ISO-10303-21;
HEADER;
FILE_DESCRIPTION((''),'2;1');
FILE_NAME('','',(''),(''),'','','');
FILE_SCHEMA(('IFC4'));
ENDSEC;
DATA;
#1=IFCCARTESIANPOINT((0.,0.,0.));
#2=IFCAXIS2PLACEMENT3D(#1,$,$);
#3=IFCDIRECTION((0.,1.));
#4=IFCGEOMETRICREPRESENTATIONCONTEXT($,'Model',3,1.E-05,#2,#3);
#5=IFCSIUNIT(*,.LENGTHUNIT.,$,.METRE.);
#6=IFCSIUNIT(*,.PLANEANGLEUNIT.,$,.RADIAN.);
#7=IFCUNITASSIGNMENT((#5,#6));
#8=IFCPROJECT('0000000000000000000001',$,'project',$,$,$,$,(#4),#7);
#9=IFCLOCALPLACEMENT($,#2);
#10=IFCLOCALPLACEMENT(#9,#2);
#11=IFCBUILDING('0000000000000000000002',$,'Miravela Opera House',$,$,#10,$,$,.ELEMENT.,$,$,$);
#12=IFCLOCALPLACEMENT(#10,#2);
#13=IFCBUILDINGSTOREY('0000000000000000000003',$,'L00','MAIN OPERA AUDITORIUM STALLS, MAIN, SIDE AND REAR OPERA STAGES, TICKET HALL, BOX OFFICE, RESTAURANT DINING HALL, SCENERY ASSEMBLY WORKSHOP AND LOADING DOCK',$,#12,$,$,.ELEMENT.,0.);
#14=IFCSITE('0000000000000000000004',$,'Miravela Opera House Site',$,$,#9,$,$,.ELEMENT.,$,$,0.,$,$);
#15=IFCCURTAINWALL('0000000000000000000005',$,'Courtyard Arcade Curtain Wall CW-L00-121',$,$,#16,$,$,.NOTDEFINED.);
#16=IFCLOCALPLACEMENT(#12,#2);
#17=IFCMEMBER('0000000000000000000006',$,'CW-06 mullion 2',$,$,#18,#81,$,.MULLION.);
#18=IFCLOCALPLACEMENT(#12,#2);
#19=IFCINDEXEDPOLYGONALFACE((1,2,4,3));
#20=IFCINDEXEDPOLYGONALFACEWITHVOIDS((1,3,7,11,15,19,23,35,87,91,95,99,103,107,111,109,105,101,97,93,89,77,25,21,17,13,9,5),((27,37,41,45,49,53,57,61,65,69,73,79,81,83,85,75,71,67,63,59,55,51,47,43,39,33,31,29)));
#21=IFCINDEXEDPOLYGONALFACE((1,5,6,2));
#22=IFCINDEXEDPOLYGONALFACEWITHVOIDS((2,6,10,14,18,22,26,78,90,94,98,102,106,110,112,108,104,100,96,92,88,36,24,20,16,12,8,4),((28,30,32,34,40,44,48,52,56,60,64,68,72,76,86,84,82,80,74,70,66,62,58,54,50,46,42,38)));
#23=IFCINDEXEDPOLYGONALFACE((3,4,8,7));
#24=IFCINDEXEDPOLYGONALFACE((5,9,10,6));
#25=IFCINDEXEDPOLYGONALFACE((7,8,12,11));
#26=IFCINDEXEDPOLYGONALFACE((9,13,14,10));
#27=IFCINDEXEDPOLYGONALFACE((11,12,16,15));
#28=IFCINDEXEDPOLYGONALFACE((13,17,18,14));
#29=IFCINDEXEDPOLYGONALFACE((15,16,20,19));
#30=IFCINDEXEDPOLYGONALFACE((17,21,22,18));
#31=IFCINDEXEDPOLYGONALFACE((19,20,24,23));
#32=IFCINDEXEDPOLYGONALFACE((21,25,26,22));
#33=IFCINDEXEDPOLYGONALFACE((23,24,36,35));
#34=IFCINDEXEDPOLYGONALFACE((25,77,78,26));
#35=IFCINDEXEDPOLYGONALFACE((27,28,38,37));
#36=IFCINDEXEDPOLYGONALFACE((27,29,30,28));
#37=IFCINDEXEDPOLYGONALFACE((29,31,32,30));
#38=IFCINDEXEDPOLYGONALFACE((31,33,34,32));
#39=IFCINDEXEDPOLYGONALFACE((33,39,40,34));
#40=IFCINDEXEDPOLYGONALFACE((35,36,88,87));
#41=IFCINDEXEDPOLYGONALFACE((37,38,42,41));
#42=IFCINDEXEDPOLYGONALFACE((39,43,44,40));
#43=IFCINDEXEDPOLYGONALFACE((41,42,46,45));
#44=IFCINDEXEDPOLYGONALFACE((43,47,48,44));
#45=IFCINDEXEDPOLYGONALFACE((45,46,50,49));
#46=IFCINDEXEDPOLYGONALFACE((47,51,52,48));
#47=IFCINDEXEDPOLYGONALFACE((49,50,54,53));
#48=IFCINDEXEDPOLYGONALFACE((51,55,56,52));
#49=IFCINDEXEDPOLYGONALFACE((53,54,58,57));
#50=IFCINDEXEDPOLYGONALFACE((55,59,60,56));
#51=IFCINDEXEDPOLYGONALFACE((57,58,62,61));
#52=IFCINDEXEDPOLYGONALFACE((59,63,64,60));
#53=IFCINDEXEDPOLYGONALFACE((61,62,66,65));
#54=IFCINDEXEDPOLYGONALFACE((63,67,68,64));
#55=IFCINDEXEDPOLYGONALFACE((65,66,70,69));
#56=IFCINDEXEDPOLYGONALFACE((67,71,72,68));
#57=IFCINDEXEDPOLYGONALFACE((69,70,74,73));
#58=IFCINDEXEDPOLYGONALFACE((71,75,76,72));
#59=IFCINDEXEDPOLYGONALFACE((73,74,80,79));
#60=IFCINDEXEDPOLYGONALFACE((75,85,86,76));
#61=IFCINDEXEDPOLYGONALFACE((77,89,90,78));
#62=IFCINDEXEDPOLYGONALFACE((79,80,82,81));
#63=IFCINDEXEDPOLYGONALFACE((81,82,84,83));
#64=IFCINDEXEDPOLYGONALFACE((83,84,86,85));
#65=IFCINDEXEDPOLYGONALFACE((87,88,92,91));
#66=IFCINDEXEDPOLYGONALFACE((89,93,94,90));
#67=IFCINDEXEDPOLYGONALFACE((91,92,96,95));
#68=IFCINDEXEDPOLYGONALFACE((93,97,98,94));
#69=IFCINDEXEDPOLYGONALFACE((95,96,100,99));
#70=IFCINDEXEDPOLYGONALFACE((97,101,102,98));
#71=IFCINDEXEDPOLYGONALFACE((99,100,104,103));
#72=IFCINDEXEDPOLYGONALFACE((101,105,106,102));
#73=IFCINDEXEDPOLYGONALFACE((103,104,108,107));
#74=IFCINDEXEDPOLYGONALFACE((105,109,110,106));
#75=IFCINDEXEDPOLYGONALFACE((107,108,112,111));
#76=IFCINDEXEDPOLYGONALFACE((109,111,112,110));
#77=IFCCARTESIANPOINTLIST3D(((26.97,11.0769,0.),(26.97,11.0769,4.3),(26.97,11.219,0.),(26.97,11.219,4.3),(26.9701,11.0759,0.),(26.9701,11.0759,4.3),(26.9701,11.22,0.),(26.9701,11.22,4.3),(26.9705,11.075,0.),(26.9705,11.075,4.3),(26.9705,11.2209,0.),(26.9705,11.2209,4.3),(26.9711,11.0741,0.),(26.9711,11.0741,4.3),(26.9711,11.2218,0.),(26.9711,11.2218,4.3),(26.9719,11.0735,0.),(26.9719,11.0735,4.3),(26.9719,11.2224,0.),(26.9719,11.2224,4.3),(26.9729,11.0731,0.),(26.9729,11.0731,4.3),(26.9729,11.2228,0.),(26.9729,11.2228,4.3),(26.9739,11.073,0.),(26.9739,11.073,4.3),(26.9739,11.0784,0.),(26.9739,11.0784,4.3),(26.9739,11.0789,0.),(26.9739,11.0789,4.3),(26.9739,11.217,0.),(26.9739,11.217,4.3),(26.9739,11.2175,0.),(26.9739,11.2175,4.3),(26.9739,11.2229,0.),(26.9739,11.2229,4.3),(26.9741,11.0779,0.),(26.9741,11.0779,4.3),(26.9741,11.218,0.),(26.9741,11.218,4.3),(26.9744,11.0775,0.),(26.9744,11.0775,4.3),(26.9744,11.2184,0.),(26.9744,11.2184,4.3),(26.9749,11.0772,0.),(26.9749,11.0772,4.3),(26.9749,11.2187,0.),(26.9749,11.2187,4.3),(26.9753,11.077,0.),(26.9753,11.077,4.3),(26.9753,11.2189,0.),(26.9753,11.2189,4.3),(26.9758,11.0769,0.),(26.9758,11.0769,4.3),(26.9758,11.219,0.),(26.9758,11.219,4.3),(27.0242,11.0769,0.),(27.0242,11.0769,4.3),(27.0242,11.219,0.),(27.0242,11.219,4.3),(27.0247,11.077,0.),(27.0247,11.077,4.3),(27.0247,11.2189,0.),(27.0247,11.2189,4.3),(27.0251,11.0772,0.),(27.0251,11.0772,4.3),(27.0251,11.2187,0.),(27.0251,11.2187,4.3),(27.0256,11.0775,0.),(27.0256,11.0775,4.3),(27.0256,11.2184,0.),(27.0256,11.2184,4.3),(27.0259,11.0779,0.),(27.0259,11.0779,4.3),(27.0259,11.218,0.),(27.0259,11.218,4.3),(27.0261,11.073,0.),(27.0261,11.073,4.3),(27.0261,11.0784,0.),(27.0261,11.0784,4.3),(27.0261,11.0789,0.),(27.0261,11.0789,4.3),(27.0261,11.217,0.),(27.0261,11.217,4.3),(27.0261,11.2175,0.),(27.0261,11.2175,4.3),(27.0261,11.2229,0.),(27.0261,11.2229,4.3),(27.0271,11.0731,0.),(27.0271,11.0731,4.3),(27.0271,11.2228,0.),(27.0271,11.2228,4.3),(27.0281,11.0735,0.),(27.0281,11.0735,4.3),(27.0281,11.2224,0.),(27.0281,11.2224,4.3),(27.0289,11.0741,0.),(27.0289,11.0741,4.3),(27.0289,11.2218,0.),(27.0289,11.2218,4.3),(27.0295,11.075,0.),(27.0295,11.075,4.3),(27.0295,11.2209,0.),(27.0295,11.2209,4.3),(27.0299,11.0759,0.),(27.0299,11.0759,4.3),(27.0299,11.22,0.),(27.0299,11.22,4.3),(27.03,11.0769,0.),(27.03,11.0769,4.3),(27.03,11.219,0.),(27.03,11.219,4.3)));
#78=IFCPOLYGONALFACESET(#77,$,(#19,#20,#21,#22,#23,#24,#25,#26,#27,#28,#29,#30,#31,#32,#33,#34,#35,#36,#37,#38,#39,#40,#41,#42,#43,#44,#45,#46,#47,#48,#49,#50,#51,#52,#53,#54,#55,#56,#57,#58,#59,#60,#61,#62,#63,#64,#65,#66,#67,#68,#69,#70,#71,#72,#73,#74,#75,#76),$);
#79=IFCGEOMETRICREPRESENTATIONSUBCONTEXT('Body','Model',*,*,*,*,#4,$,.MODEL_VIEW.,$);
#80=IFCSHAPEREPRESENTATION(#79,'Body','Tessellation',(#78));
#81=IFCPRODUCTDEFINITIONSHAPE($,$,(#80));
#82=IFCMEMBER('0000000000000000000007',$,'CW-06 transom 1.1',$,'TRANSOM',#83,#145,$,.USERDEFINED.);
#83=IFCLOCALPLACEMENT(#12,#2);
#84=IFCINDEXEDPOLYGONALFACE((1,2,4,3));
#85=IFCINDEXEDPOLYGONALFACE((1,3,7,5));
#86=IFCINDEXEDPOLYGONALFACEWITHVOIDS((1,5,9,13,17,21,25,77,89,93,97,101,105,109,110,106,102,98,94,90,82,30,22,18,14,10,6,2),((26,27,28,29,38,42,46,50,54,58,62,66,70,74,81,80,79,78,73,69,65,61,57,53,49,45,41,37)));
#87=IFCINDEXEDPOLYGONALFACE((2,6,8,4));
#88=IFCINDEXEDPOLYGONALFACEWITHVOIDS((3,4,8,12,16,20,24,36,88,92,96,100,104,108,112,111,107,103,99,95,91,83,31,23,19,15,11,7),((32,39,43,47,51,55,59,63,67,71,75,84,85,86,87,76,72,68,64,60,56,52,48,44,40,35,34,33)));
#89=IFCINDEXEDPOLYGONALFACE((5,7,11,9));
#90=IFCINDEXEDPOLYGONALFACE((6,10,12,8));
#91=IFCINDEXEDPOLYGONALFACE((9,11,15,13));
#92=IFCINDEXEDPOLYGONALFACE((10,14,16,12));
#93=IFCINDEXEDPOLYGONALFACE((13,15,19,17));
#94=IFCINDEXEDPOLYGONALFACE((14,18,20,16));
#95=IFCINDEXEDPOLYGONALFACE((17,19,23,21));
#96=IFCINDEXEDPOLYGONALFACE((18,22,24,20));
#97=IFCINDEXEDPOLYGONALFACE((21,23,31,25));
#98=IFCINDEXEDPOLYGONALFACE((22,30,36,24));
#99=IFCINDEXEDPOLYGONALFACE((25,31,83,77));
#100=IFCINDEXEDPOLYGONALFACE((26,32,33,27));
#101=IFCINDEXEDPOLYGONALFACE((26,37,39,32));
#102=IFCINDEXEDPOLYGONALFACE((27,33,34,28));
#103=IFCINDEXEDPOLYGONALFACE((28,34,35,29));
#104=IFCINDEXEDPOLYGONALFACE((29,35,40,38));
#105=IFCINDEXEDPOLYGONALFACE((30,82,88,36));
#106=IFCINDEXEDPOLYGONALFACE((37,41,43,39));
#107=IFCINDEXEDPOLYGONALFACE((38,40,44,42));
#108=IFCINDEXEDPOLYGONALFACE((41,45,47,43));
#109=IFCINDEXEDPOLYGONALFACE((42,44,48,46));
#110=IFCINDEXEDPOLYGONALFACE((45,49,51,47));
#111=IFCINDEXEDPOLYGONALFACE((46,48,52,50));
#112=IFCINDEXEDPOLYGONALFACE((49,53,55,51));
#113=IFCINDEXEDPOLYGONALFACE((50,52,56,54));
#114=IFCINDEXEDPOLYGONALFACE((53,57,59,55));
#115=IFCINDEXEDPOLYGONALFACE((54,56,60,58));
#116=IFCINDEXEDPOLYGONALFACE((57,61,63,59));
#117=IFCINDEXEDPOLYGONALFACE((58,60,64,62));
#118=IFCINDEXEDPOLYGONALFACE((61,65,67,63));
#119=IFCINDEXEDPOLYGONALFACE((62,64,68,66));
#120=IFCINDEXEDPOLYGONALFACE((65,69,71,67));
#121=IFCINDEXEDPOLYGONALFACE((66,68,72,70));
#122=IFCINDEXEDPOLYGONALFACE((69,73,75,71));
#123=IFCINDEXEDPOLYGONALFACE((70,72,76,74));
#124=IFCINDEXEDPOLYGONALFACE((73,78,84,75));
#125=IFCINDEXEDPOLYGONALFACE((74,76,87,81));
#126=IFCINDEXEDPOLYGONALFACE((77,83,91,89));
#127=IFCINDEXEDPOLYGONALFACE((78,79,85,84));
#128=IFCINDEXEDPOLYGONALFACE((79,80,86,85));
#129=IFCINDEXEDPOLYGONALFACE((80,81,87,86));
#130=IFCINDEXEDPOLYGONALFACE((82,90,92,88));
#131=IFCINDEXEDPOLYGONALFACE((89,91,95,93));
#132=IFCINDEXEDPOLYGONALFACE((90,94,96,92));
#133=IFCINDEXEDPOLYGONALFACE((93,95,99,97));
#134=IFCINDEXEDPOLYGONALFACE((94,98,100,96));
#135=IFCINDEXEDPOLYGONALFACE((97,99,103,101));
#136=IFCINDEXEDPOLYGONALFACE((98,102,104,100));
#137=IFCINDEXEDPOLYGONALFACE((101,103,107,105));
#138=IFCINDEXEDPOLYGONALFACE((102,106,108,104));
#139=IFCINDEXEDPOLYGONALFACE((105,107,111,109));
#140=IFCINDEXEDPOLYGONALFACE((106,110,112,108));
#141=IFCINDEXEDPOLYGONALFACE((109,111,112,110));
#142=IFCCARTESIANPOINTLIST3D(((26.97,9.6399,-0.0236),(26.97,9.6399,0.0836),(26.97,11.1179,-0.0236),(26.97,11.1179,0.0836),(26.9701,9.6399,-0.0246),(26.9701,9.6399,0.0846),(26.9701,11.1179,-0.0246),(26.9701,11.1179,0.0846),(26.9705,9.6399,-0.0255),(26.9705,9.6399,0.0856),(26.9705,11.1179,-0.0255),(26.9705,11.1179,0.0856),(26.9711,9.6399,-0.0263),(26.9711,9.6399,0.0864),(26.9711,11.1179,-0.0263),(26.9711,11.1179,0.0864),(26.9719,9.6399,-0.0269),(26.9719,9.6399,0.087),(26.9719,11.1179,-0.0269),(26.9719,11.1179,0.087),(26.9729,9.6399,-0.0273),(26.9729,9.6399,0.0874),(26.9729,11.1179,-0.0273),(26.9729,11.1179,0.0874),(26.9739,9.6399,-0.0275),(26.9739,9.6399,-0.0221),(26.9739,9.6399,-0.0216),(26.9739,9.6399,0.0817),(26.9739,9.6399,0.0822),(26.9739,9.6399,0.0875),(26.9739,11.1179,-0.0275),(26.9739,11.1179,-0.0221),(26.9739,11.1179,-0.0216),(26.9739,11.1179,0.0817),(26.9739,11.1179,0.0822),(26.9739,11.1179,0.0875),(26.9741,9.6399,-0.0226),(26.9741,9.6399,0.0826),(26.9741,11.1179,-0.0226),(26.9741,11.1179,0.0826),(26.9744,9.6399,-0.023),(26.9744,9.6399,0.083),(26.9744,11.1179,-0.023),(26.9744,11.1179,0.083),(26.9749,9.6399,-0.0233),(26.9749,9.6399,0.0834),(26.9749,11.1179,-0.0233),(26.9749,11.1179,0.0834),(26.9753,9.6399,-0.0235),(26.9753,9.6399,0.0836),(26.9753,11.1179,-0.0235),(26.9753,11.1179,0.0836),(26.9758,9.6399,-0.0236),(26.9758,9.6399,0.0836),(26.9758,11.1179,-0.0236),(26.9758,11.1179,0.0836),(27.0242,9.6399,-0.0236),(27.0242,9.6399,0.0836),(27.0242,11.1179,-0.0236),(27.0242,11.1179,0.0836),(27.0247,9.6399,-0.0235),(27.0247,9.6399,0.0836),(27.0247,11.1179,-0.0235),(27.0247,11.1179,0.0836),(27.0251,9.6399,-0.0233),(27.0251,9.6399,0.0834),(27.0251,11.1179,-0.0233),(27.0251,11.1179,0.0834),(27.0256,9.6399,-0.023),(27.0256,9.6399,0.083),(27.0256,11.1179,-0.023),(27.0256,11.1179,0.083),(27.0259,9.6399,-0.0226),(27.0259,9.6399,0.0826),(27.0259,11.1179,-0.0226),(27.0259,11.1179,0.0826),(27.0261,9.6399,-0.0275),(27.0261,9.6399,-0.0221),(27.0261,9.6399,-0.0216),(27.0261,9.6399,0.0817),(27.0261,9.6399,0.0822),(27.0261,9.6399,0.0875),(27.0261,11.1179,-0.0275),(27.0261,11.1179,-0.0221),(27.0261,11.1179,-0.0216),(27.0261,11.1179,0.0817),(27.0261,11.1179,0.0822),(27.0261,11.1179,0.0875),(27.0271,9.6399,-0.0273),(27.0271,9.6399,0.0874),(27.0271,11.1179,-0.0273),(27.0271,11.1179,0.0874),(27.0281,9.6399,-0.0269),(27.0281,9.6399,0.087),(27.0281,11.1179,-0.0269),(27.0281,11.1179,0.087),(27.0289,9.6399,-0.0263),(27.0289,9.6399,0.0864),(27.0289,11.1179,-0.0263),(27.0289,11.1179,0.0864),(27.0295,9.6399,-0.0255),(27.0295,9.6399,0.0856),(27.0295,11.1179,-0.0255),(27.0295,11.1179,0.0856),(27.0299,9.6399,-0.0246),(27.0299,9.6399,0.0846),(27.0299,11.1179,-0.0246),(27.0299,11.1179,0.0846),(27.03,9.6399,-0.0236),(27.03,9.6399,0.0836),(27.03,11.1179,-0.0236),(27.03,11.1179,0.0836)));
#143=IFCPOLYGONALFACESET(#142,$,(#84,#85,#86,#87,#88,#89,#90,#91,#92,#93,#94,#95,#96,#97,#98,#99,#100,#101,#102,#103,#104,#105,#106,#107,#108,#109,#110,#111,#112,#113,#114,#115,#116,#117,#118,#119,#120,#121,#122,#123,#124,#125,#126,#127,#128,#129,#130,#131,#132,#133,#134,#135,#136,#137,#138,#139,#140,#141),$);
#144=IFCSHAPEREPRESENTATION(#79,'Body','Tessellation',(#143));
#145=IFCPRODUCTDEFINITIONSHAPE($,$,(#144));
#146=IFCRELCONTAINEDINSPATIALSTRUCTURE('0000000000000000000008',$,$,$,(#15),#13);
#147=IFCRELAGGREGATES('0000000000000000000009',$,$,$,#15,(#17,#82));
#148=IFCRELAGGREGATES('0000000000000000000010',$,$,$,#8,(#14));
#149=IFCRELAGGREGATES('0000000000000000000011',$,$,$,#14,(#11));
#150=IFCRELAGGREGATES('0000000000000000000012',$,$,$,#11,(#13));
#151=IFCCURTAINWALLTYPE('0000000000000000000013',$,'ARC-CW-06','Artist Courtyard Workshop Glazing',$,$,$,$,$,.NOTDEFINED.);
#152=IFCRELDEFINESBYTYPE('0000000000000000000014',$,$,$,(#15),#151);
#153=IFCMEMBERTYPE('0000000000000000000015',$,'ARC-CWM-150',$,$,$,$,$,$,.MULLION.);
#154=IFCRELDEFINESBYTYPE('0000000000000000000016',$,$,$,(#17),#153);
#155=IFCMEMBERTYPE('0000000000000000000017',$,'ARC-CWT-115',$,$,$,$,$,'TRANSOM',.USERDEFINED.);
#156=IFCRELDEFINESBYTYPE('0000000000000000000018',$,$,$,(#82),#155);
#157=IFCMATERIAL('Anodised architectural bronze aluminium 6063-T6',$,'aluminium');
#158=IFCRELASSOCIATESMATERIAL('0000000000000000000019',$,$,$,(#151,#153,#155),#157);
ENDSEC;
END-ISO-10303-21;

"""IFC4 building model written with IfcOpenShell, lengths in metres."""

from ifc_helpers import new_model, si_unit, direction, frame, origin, origin_2d, place, context, subcontext, project, spatial, hollow_rectangle, extrude, material, material_profile, profile_set, type_object, element, aggregate, save


model = new_model("IFC4")

# Units and contexts
model_context = context("Model", 3, precision=1e-05, world=origin(), true_north=direction((0.0, 1.0)))
body_context = subcontext(model_context, "Body", "Model", "MODEL_VIEW")
ifc_project = project(units=[si_unit("LENGTHUNIT", "METRE"), si_unit("PLANEANGLEUNIT", "RADIAN")], contexts=[model_context])

# Site, building, storey
site_placement = place(None, origin())
site = spatial("IfcSite", under=ifc_project, at=site_placement, Name="Miravela Opera House Site", CompositionType="ELEMENT", RefElevation=0.0)
building_placement = place(site_placement, origin())
building = spatial("IfcBuilding", under=site, at=building_placement, Name="Miravela Opera House", CompositionType="ELEMENT")
storey_placement = place(building_placement, origin())
storey = spatial("IfcBuildingStorey", under=building, at=storey_placement, Name="L00", Description="MAIN OPERA AUDITORIUM STALLS, MAIN, SIDE AND REAR OPERA STAGES, TICKET HALL, BOX OFFICE, RESTAURANT DINING HALL, SCENERY ASSEMBLY WORKSHOP AND LOADING DOCK", CompositionType="ELEMENT", Elevation=0.0)

# Shared definitions
ifc_material_1 = material(Name="Anodised architectural bronze aluminium 6063-T6", Category="aluminium")
curtain_wall_type = type_object("IfcCurtainWallType", Name="ARC-CW-06", Description="Artist Courtyard Workshop Glazing", PredefinedType="NOTDEFINED", material=ifc_material_1)
ifc_material_profile_1 = material_profile(ifc_material_1, hollow_rectangle(XDim=0.0601, YDim=0.1499, WallThickness=0.0039, InnerFilletRadius=0.002, OuterFilletRadius=0.0039, at=origin_2d()), Name="CWM-60X150")
ifc_profile_set_1 = profile_set([ifc_material_profile_1])
member_type_1 = type_object("IfcMemberType", Name="ARC-CWM-150", PredefinedType="MULLION", material=ifc_profile_set_1)

# Curtain wall, members
curtain_wall_1_placement = place(storey_placement, origin())
curtain_wall_1 = element("IfcCurtainWall", 1, at=curtain_wall_1_placement, inside=storey, type_object=curtain_wall_type, Name="Courtyard Arcade Curtain Wall CW-L00-121", PredefinedType="NOTDEFINED")
member_1_placement = place(storey_placement, frame((27.0, 11.1479, 0.0), z_axis=(0.0, 0.0, 1.0), x_axis=(-1.0, 0.0, 0.0)))
member_1 = element("IfcMember", 2, at=member_1_placement, type_object=member_type_1, Name="CW-06 mullion 2", PredefinedType="MULLION", context=body_context, shape_type="SweptSolid", body=[
    extrude(hollow_rectangle(XDim=0.0601, YDim=0.1499, WallThickness=0.0039, InnerFilletRadius=0.002, OuterFilletRadius=0.0039, at=origin_2d()), origin(), (0.0, 0.0, 1.0), 4.3),
])
ifc_material_profile_2 = material_profile(ifc_material_1, hollow_rectangle(XDim=0.0601, YDim=0.115, WallThickness=0.0039, InnerFilletRadius=0.002, OuterFilletRadius=0.0039, at=origin_2d()), Name="CWT-60X115")
ifc_profile_set_2 = profile_set([ifc_material_profile_2])
member_type_2 = type_object("IfcMemberType", Name="ARC-CWT-115", ElementType="TRANSOM", PredefinedType="USERDEFINED", material=ifc_profile_set_2)
member_2_placement = place(storey_placement, frame((27.0, 9.6399, 0.03), z_axis=(0.0, 1.0, 0.0), x_axis=(-1.0, 0.0, 0.0)))
member_2 = element("IfcMember", 3, at=member_2_placement, type_object=member_type_2, Name="CW-06 transom 1.1", ObjectType="TRANSOM", PredefinedType="USERDEFINED", context=body_context, shape_type="SweptSolid", body=[
    extrude(hollow_rectangle(XDim=0.0601, YDim=0.115, WallThickness=0.0039, InnerFilletRadius=0.002, OuterFilletRadius=0.0039, at=origin_2d()), origin(), (0.0, 0.0, 1.0), 1.478),
])

aggregate(curtain_wall_1, [member_1, member_2])

save(model, "model.ifc")
